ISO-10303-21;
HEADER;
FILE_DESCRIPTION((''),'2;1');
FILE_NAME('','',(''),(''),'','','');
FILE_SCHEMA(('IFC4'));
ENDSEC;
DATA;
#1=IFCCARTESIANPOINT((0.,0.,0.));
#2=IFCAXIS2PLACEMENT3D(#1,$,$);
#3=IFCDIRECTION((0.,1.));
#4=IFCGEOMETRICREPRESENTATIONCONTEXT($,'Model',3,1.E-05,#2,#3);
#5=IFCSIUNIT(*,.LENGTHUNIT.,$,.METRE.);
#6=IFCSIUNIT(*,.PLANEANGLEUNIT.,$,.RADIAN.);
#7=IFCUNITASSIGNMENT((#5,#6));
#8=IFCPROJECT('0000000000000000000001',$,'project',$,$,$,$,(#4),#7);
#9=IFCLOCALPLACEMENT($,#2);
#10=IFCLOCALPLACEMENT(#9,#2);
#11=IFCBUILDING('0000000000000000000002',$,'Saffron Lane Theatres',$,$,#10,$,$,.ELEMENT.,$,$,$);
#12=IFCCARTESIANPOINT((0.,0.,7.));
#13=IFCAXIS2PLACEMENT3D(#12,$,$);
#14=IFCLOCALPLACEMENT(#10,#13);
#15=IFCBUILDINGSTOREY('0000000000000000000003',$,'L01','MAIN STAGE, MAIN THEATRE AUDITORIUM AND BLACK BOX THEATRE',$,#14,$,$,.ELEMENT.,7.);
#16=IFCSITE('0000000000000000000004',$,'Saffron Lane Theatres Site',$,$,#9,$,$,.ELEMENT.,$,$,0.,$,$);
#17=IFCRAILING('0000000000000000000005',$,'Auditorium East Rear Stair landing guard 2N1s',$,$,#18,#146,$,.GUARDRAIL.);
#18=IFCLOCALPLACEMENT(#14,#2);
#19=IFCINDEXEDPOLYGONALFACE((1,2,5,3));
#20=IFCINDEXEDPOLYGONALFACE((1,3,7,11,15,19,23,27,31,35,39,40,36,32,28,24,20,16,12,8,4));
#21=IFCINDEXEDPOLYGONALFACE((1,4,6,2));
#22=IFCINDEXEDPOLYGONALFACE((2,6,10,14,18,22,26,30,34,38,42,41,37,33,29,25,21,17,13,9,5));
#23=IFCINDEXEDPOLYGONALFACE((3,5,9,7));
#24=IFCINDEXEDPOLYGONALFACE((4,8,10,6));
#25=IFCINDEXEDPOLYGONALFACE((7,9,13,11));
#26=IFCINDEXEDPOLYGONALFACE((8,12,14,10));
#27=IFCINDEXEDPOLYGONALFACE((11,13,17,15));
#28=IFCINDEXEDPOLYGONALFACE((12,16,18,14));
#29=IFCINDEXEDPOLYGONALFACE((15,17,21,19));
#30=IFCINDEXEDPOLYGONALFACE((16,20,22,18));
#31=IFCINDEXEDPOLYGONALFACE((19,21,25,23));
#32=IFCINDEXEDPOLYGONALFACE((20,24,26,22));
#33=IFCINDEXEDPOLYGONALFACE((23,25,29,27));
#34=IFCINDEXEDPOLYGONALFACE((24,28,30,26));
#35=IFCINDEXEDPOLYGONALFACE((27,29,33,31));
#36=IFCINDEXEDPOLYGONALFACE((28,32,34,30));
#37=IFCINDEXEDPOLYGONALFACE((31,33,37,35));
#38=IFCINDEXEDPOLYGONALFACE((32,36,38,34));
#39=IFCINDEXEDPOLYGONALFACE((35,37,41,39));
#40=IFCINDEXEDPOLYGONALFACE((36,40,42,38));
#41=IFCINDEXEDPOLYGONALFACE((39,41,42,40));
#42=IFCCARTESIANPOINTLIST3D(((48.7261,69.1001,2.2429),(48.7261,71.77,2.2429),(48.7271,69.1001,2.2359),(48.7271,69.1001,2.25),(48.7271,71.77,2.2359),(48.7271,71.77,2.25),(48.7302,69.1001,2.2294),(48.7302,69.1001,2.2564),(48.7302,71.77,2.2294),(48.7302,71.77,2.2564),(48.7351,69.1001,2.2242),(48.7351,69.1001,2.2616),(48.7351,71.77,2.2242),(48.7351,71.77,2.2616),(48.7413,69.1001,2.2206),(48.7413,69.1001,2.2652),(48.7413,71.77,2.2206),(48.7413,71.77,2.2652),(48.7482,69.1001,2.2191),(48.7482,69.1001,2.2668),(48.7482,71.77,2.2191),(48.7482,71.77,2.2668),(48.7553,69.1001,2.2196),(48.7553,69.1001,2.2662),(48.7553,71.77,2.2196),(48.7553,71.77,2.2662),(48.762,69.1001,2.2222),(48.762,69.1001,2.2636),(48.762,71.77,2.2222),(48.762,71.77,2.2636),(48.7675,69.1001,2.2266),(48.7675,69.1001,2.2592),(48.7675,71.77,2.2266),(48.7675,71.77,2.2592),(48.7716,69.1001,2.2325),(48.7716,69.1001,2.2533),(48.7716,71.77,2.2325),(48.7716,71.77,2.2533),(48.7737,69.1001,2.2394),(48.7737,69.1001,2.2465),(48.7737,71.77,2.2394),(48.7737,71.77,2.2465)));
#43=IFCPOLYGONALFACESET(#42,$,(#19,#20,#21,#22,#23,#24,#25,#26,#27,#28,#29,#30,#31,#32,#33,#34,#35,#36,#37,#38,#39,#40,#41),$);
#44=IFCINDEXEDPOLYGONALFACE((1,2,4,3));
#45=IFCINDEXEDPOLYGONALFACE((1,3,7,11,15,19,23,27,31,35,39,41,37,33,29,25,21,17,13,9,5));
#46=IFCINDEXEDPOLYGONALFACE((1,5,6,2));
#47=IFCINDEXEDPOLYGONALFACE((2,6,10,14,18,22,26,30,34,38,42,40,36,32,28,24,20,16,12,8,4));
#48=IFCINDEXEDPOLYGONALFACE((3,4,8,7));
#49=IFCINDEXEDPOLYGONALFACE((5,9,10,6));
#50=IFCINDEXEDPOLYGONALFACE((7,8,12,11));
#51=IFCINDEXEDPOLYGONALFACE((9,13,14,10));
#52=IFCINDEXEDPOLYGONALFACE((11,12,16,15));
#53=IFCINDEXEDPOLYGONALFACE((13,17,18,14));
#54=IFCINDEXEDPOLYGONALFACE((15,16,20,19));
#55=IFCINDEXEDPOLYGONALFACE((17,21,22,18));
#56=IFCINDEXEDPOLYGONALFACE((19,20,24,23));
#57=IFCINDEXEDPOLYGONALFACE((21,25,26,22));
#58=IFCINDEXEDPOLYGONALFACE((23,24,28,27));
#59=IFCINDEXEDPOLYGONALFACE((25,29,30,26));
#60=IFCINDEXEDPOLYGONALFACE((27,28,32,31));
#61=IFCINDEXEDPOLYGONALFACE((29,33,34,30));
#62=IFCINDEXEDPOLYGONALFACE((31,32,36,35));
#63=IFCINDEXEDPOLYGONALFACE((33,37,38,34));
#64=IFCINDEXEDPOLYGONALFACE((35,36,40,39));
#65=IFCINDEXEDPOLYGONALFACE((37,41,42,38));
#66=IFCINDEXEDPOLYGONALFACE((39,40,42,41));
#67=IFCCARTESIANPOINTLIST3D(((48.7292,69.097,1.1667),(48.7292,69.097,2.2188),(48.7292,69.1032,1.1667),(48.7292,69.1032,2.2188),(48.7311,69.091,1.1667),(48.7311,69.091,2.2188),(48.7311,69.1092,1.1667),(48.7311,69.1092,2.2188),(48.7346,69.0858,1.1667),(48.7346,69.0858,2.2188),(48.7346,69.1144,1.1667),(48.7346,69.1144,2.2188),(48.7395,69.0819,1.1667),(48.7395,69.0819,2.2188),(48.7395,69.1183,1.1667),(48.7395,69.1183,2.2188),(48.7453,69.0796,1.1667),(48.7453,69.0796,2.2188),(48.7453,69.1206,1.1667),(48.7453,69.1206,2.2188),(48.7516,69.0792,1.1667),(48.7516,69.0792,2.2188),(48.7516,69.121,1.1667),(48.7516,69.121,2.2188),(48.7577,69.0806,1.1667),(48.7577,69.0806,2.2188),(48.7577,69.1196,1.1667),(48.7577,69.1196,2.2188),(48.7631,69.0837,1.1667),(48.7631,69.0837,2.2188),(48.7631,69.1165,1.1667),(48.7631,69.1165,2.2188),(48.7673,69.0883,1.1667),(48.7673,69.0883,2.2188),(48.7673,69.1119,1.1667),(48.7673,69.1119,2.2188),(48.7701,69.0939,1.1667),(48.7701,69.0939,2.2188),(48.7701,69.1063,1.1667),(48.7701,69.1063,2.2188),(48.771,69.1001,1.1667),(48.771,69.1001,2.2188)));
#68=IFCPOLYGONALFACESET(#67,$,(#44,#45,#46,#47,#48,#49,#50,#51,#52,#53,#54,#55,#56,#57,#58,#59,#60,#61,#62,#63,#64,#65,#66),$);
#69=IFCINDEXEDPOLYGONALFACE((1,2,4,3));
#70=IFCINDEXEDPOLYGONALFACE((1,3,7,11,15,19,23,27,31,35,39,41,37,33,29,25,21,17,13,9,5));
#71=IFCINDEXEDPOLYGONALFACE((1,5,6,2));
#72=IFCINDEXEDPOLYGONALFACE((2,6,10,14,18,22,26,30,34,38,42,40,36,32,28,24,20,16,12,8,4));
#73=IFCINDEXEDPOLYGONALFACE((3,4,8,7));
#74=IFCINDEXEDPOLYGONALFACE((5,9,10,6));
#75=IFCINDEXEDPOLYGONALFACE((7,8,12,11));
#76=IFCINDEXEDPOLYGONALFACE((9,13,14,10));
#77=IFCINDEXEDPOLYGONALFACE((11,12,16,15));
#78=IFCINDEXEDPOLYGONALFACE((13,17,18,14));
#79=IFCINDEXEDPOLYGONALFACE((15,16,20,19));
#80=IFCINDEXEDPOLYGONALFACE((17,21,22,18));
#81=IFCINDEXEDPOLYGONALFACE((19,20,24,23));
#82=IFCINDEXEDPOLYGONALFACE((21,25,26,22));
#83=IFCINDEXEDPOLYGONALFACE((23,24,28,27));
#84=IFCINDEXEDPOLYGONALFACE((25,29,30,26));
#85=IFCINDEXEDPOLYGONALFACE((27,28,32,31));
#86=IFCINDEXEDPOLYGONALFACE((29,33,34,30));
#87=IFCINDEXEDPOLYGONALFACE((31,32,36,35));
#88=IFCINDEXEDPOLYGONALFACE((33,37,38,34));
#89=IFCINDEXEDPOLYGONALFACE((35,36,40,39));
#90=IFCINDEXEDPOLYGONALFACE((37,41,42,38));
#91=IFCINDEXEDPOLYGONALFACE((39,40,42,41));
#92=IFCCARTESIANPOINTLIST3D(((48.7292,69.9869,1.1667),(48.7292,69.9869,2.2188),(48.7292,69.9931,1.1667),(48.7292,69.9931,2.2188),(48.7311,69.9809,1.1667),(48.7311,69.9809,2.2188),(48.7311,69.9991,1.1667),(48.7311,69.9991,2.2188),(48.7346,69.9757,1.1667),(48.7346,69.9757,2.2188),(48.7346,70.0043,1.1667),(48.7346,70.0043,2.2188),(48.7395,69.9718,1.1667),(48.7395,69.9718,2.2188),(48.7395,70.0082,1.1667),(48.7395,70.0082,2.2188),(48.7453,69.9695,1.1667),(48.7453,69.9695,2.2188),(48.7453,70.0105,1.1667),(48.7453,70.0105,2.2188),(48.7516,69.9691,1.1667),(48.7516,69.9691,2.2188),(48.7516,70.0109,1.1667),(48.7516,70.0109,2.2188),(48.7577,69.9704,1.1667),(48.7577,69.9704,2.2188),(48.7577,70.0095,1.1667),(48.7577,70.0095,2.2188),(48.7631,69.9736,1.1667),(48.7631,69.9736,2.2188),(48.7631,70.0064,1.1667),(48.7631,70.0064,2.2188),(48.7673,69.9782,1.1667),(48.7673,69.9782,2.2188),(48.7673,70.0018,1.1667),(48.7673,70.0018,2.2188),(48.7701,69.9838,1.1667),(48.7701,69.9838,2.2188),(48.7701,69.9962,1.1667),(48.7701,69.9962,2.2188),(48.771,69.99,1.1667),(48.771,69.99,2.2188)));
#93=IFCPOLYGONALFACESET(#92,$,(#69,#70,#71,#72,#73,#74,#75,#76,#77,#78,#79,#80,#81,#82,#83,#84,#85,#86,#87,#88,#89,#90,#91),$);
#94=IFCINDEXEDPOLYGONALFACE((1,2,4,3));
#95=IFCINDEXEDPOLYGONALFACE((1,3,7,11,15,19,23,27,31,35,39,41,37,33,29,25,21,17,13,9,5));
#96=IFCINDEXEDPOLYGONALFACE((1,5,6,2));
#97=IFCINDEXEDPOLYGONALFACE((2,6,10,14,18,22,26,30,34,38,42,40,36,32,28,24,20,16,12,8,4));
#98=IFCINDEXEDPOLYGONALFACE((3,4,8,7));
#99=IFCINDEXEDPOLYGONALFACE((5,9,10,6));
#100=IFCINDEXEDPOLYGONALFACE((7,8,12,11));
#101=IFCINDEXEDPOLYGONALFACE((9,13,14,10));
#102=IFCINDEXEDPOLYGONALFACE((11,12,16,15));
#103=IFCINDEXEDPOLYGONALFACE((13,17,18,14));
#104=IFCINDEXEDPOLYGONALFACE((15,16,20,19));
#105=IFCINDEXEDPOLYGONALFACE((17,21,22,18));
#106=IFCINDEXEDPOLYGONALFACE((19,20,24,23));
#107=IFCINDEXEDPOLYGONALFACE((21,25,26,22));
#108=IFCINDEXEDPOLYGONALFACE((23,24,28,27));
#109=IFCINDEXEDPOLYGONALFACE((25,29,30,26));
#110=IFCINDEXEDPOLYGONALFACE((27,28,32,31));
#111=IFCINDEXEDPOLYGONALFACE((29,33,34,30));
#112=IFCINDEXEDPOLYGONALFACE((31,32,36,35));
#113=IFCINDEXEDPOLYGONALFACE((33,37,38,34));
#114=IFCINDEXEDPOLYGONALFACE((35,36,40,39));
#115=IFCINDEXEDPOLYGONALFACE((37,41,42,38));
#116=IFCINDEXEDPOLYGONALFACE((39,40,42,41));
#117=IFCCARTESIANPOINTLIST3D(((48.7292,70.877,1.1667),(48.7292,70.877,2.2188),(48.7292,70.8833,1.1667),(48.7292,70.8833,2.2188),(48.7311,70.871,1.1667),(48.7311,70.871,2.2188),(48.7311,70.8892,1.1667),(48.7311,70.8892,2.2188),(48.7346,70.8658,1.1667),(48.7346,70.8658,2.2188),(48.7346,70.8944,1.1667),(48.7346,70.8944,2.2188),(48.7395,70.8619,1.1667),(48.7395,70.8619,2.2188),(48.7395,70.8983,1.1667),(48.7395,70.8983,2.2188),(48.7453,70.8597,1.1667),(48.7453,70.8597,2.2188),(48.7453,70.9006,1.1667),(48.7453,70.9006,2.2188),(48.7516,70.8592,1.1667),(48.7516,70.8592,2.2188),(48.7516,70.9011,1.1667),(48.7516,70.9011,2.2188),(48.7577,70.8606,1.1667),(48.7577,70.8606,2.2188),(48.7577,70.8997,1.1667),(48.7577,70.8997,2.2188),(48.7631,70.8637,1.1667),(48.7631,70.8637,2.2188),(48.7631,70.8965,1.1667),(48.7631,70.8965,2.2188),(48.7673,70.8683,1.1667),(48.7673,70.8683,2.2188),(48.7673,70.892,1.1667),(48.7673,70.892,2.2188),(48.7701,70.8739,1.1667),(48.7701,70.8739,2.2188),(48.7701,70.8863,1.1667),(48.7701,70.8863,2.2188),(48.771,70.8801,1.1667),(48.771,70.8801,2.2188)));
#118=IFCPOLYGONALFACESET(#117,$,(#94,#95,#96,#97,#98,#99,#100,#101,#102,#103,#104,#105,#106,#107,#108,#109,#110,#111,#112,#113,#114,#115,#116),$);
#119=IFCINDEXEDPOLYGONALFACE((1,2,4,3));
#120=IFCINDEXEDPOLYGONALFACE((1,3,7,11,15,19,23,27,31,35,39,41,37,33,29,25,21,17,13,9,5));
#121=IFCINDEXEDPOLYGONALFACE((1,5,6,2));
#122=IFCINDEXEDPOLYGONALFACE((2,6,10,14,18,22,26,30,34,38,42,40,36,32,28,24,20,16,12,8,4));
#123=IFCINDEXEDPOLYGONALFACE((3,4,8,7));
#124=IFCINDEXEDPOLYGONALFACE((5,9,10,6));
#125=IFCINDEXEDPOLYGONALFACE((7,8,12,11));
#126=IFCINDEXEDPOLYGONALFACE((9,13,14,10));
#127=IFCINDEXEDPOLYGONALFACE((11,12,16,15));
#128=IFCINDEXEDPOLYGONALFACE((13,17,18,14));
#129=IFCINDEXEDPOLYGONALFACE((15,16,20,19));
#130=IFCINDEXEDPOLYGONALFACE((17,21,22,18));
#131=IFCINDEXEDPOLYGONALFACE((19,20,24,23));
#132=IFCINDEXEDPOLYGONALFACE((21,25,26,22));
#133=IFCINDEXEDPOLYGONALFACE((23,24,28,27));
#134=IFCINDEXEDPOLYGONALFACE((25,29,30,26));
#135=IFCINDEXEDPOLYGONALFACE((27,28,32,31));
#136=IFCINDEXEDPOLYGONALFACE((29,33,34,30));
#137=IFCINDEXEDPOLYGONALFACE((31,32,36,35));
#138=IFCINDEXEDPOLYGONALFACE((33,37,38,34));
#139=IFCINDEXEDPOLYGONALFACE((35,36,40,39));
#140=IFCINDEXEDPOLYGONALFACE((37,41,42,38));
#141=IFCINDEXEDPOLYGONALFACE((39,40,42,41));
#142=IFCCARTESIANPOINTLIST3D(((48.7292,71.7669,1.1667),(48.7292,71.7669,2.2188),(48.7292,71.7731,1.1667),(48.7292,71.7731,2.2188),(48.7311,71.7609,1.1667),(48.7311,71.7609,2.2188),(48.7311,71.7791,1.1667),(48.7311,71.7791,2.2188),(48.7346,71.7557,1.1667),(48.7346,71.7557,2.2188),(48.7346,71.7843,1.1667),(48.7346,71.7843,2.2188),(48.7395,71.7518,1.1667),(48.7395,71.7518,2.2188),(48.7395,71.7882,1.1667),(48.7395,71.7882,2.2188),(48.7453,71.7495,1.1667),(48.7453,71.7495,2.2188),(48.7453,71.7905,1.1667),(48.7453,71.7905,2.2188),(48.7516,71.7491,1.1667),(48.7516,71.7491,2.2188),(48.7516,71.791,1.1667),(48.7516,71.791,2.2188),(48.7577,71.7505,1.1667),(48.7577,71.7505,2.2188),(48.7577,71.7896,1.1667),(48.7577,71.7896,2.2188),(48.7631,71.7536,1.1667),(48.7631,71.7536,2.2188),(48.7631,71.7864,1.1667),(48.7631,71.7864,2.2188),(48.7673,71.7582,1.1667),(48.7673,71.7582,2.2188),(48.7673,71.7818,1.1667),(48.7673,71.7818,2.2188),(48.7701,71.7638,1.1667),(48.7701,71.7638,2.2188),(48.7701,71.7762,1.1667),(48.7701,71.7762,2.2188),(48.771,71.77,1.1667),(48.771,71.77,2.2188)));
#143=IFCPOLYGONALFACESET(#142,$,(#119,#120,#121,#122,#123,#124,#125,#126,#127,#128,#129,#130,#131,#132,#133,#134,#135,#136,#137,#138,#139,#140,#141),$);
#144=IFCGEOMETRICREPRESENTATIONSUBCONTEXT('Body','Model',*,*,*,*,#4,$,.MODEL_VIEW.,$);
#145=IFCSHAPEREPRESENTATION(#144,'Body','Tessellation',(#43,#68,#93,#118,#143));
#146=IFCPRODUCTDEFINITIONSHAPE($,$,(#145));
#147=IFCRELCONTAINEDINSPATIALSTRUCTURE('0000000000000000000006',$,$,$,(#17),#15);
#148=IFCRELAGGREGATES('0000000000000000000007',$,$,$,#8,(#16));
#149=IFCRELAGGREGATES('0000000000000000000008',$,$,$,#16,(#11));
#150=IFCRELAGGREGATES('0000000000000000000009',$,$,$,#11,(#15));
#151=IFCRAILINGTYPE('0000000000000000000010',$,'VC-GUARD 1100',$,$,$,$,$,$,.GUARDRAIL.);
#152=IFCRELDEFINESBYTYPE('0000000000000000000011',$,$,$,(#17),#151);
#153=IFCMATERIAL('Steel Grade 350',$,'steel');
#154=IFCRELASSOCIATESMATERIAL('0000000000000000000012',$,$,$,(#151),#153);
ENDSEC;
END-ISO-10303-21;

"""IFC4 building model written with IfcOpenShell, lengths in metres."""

from ifc_helpers import new_model, si_unit, direction, frame, origin, origin_2d, place, context, subcontext, project, spatial, circle, extrude, material, type_object, element, save


model = new_model("IFC4")

# Units and contexts
model_context = context("Model", 3, precision=1e-05, world=origin(), true_north=direction((0.0, 1.0)))
body_context = subcontext(model_context, "Body", "Model", "MODEL_VIEW")
ifc_project = project(units=[si_unit("LENGTHUNIT", "METRE"), si_unit("PLANEANGLEUNIT", "RADIAN")], contexts=[model_context])

# Site, building, storey
site_placement = place(None, origin())
site = spatial("IfcSite", under=ifc_project, at=site_placement, Name="Saffron Lane Theatres Site", CompositionType="ELEMENT", RefElevation=0.0)
building_placement = place(site_placement, origin())
building = spatial("IfcBuilding", under=site, at=building_placement, Name="Saffron Lane Theatres", CompositionType="ELEMENT")
storey_placement = place(building_placement, frame((0.0, 0.0, 7.0)))
storey = spatial("IfcBuildingStorey", under=building, at=storey_placement, Name="L01", Description="MAIN STAGE, MAIN THEATRE AUDITORIUM AND BLACK BOX THEATRE", CompositionType="ELEMENT", Elevation=7.0)

# Railing
ifc_material_1 = material(Name="Steel Grade 350", Category="steel")
railing_type_1 = type_object("IfcRailingType", Name="VC-GUARD 1100", PredefinedType="GUARDRAIL", material=ifc_material_1)
railing_1_placement = place(storey_placement, frame((48.75, 69.1001, 1.1667)))
element("IfcRailing", 1, at=railing_1_placement, inside=storey, type_object=railing_type_1, Name="Auditorium East Rear Stair landing guard 2N1s", PredefinedType="GUARDRAIL", context=body_context, shape_type="SweptSolid", body=[
    extrude(circle(Radius=0.0239, at=origin_2d()), frame((0.0, 0.0, 1.0762), z_axis=(0.0, 1.0, 0.0), x_axis=(-1.0, 0.0, 0.0)), (0.0, 0.0, 1.0), 2.6699),
    extrude(circle(Radius=0.021, at=origin_2d()), origin(), (0.0, 0.0, 1.0), 1.052),
    extrude(circle(Radius=0.021, at=origin_2d()), frame((0.0, 0.8899, 0.0)), (0.0, 0.0, 1.0), 1.052),
    extrude(circle(Radius=0.021, at=origin_2d()), frame((0.0, 1.78, 0.0)), (0.0, 0.0, 1.0), 1.052),
    extrude(circle(Radius=0.021, at=origin_2d()), frame((0.0, 2.6699, 0.0)), (0.0, 0.0, 1.0), 1.052),
])

save(model, "model.ifc")
